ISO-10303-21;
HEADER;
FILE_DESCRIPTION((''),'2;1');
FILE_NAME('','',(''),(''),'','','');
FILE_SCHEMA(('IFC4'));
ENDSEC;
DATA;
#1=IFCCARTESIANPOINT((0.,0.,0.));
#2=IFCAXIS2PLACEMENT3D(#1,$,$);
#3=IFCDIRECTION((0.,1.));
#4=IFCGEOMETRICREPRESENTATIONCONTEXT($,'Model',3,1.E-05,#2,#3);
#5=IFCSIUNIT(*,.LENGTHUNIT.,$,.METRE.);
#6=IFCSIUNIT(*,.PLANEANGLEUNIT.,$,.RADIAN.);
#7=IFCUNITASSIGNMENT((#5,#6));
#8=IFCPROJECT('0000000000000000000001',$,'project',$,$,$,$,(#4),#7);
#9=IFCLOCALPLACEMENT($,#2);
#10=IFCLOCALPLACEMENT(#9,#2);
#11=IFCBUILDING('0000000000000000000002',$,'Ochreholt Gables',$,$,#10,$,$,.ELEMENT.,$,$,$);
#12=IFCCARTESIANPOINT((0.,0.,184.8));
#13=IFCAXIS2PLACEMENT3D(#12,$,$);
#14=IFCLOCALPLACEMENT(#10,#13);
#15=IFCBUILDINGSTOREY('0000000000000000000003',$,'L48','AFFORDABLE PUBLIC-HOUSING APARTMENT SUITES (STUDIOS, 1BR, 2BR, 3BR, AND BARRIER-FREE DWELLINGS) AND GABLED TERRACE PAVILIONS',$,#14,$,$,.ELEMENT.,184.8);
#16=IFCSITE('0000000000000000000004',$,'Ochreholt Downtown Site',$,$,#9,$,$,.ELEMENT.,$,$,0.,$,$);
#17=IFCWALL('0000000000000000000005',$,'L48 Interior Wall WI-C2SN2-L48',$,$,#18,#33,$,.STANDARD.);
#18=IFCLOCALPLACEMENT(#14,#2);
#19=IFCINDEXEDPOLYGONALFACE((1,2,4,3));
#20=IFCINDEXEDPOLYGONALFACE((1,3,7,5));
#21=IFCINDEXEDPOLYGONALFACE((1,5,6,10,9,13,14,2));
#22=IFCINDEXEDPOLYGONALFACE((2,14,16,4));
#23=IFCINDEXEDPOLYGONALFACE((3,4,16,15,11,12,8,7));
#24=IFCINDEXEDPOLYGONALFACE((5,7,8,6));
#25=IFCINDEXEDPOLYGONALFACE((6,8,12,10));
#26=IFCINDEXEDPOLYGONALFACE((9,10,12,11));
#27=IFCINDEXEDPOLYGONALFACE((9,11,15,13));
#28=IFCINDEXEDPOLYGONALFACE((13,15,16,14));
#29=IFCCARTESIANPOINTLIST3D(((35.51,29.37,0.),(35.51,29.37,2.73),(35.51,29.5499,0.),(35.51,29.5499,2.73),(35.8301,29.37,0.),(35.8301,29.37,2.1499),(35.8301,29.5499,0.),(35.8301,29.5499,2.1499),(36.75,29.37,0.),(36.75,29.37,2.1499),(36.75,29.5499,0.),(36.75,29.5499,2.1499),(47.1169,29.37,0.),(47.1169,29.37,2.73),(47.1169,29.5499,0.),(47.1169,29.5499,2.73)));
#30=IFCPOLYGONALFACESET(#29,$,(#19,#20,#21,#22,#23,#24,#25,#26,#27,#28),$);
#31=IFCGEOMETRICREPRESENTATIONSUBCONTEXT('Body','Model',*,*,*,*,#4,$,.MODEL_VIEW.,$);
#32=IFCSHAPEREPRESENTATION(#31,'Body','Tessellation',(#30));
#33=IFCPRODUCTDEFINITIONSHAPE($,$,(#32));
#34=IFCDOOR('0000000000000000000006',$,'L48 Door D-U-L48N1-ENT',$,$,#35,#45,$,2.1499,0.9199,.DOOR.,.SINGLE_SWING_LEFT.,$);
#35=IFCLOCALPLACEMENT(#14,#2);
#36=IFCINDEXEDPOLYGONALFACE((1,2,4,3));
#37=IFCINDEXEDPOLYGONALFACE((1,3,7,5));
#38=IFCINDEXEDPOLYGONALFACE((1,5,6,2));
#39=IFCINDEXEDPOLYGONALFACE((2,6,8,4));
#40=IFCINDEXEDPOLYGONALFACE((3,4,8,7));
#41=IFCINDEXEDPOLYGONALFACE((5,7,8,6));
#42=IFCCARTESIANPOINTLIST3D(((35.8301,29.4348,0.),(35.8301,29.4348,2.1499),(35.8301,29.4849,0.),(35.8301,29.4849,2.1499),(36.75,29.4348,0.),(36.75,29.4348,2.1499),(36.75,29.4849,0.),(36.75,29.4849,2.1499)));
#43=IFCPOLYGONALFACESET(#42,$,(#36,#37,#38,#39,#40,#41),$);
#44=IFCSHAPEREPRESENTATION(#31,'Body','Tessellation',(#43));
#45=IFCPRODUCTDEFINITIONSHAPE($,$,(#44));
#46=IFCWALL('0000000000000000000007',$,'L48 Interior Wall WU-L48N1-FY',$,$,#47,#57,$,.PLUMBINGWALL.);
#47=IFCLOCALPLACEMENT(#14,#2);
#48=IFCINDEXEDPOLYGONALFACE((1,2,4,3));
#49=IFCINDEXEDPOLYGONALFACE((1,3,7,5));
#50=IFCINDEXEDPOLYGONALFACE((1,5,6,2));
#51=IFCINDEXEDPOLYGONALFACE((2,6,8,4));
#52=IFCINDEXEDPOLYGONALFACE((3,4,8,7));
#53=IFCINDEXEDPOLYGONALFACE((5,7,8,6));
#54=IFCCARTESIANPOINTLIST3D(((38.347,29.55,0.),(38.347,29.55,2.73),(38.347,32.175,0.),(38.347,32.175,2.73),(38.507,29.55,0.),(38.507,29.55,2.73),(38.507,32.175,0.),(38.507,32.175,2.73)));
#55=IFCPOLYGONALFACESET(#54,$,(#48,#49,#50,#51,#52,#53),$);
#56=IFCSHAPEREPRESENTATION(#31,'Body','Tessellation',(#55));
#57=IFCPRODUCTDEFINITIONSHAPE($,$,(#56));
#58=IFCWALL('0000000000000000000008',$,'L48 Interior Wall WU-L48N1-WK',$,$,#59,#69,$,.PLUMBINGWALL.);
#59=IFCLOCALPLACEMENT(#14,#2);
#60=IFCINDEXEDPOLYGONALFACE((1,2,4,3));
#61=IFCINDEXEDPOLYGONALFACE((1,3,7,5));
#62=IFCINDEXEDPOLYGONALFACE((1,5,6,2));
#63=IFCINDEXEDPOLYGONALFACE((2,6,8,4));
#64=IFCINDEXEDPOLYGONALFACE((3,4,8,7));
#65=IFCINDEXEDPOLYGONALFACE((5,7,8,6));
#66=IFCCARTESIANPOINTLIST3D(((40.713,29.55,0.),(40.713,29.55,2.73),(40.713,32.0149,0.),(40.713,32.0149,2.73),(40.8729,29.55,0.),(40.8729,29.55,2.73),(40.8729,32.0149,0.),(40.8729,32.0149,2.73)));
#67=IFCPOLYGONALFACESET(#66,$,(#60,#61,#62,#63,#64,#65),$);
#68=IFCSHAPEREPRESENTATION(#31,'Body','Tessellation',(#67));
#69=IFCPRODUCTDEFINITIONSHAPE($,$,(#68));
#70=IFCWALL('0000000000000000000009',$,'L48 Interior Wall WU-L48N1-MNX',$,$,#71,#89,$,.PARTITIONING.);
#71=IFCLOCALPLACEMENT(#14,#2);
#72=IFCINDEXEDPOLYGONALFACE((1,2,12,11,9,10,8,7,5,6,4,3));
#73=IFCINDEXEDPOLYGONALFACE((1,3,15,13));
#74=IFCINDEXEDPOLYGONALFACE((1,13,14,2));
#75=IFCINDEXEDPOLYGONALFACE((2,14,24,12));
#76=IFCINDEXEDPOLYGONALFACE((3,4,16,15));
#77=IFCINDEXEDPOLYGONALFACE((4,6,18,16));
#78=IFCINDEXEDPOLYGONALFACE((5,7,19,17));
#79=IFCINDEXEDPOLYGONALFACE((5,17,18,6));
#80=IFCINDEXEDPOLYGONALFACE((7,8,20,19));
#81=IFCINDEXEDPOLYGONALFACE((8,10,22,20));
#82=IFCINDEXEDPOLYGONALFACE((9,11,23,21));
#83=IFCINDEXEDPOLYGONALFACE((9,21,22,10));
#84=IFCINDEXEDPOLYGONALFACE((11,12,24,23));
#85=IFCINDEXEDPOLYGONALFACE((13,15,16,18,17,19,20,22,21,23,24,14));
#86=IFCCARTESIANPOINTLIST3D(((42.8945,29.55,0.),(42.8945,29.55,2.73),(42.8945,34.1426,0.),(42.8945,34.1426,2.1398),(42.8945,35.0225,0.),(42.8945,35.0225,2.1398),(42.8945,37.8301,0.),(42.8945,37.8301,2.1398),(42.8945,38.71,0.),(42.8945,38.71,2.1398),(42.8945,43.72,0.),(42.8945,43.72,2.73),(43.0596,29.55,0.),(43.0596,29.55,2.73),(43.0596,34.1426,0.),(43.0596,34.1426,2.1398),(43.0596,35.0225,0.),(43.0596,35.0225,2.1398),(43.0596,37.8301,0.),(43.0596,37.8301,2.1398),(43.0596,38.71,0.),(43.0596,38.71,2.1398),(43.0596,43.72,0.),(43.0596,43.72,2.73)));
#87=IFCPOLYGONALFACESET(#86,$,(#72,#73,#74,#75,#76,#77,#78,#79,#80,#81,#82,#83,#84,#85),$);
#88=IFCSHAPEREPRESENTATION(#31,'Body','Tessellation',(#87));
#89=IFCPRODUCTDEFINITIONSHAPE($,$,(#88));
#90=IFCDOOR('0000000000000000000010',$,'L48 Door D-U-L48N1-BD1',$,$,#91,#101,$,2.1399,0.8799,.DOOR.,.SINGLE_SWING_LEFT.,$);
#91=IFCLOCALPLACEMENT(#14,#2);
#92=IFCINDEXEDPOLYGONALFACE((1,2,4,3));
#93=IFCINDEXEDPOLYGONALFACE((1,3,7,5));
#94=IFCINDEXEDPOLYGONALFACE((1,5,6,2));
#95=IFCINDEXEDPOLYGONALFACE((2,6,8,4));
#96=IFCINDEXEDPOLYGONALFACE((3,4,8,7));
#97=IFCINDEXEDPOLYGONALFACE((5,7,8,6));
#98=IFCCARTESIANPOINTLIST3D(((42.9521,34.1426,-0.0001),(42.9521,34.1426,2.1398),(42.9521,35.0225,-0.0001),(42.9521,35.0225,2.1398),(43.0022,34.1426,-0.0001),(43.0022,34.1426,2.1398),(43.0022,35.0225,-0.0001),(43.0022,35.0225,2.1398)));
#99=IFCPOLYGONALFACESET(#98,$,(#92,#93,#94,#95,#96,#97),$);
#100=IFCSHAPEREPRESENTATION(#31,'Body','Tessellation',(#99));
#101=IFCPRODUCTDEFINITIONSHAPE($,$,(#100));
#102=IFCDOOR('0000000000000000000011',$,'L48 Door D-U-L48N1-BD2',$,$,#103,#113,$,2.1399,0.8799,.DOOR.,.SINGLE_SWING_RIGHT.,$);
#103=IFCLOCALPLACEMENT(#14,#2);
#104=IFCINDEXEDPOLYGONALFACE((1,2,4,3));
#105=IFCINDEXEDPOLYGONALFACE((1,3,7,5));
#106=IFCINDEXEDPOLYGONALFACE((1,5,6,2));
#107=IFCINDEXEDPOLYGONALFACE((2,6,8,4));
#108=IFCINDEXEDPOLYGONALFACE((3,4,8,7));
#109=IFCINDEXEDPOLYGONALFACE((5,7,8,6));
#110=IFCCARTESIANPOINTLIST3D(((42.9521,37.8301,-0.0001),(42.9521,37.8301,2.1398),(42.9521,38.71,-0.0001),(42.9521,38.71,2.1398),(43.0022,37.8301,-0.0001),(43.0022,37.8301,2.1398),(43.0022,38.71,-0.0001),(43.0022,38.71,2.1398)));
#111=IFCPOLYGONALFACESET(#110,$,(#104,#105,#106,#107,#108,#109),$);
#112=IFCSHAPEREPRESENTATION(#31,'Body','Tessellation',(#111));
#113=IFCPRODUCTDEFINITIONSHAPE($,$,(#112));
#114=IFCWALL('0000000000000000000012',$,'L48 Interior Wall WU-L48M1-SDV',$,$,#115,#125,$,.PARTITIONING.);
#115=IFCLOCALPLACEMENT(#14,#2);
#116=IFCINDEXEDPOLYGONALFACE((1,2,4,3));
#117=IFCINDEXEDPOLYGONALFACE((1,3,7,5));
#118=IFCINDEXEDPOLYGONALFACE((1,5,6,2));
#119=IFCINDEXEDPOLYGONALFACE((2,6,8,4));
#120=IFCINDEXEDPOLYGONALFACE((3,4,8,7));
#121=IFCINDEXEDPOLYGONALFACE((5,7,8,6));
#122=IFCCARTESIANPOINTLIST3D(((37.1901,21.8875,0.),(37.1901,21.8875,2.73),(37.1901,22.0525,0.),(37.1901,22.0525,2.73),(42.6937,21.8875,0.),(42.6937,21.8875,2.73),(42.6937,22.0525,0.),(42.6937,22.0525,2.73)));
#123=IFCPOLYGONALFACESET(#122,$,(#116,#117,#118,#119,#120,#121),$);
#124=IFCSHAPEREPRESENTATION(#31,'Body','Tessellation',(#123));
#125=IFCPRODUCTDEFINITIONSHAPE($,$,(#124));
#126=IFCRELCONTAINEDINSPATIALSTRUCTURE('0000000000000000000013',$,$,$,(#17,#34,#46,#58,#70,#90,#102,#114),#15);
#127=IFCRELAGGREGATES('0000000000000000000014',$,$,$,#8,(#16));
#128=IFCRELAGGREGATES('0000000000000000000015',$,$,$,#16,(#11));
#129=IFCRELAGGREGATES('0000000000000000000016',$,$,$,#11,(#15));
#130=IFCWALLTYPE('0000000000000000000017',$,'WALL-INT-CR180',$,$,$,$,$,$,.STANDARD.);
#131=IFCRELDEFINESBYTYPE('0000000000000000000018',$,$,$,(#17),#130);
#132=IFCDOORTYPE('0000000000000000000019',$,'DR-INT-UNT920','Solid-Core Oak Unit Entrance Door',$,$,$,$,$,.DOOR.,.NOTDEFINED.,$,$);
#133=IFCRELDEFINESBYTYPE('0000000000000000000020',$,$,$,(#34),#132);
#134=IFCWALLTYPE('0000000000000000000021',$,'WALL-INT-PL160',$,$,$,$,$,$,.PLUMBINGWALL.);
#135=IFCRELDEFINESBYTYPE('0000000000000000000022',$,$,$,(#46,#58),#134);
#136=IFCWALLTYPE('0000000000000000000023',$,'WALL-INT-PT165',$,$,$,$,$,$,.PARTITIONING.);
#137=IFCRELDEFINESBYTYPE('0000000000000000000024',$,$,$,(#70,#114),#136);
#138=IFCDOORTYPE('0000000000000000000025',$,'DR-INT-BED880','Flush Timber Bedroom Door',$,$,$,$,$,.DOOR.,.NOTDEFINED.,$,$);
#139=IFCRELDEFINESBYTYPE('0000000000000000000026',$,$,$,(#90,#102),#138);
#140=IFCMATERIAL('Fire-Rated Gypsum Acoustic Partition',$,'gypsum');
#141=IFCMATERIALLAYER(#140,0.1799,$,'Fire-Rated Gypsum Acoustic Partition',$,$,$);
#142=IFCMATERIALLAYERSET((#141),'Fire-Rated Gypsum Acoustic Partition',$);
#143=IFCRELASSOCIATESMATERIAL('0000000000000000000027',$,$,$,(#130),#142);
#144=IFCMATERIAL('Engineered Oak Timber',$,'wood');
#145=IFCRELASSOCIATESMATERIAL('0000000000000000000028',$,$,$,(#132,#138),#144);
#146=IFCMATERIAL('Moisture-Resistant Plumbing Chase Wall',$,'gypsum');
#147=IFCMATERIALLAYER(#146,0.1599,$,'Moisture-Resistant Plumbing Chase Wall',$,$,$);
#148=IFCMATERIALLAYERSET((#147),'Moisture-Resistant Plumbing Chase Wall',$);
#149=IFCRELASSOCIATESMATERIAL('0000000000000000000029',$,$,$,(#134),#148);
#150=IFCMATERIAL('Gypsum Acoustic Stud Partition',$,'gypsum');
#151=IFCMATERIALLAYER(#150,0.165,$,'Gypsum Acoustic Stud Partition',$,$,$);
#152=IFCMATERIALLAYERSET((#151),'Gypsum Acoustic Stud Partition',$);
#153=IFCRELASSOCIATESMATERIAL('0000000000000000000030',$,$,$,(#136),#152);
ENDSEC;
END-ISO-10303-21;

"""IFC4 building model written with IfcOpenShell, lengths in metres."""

from ifc_helpers import new_model, si_unit, direction, frame, frame_2d, origin, place, context, subcontext, project, spatial, rectangle, extrude, material, layer, layer_set, type_object, element, fill, save


model = new_model("IFC4")

# Units and contexts
model_context = context("Model", 3, precision=1e-05, world=origin(), true_north=direction((0.0, 1.0)))
body_context = subcontext(model_context, "Body", "Model", "MODEL_VIEW")
ifc_project = project(units=[si_unit("LENGTHUNIT", "METRE"), si_unit("PLANEANGLEUNIT", "RADIAN")], contexts=[model_context])

# Site, building, storey
site_placement = place(None, origin())
site = spatial("IfcSite", under=ifc_project, at=site_placement, Name="Ochreholt Downtown Site", CompositionType="ELEMENT", RefElevation=0.0)
building_placement = place(site_placement, origin())
building = spatial("IfcBuilding", under=site, at=building_placement, Name="Ochreholt Gables", CompositionType="ELEMENT")
storey_placement = place(building_placement, frame((0.0, 0.0, 184.8)))
storey = spatial("IfcBuildingStorey", under=building, at=storey_placement, Name="L48", Description="AFFORDABLE PUBLIC-HOUSING APARTMENT SUITES (STUDIOS, 1BR, 2BR, 3BR, AND BARRIER-FREE DWELLINGS) AND GABLED TERRACE PAVILIONS", CompositionType="ELEMENT", Elevation=184.8)

# Shared definitions
ifc_material_1 = material(Name="Fire-Rated Gypsum Acoustic Partition", Category="gypsum")
ifc_layer_1 = layer(ifc_material_1, 0.1799, Name="Fire-Rated Gypsum Acoustic Partition")
ifc_layer_set_1 = layer_set([ifc_layer_1], Name="Fire-Rated Gypsum Acoustic Partition")
wall_type_1 = type_object("IfcWallType", Name="WALL-INT-CR180", PredefinedType="STANDARD", material=ifc_layer_set_1)

# Wall, opening, door
wall_1_placement = place(storey_placement, frame((35.51, 29.46, 0.0), z_axis=(0.0, 0.0, 1.0), x_axis=(1.0, 0.0, 0.0)))
wall_1 = element("IfcWall", 1, at=wall_1_placement, inside=storey, type_object=wall_type_1, Name="L48 Interior Wall WI-C2SN2-L48", PredefinedType="STANDARD", context=body_context, shape_type="SweptSolid", body=[
    extrude(rectangle(XDim=11.6069, YDim=0.1799, at=frame_2d((5.8035, 0.0))), origin(), (0.0, 0.0, 1.0), 2.73),
])
opening_1_placement = place(wall_1_placement, frame((0.3201, 0.0, 0.0)))
opening_1 = element("IfcOpeningElement", 2, at=opening_1_placement, cuts=wall_1, PredefinedType="OPENING", context=body_context, shape_type="SweptSolid", body=[
    extrude(rectangle(XDim=0.9199, YDim=2.1499, at=frame_2d((0.46, 1.075))), frame((0.0, 0.0999, 0.0), z_axis=(0.0, -1.0, 0.0), x_axis=(1.0, 0.0, 0.0)), (0.0, 0.0, 1.0), 0.2),
])
ifc_material_2 = material(Name="Engineered Oak Timber", Category="wood")
door_type_1 = type_object("IfcDoorType", Name="DR-INT-UNT920", Description="Solid-Core Oak Unit Entrance Door", OperationType="NOTDEFINED", PredefinedType="DOOR", material=ifc_material_2)
door_1_placement = place(opening_1_placement, origin())
door_1 = element("IfcDoor", 3, at=door_1_placement, inside=storey, type_object=door_type_1, Name="L48 Door D-U-L48N1-ENT", OperationType="SINGLE_SWING_LEFT", OverallHeight=2.1499, OverallWidth=0.9199, PredefinedType="DOOR", context=body_context, shape_type="SweptSolid", body=[
    extrude(rectangle(XDim=0.9199, YDim=2.1499, at=frame_2d((0.46, 1.075))), frame((0.0, 0.0249, 0.0), z_axis=(0.0, -1.0, 0.0), x_axis=(1.0, 0.0, 0.0)), (0.0, 0.0, 1.0), 0.05),
])
fill(opening_1, door_1)

# Walls
ifc_material_3 = material(Name="Moisture-Resistant Plumbing Chase Wall", Category="gypsum")
ifc_layer_2 = layer(ifc_material_3, 0.1599, Name="Moisture-Resistant Plumbing Chase Wall")
ifc_layer_set_2 = layer_set([ifc_layer_2], Name="Moisture-Resistant Plumbing Chase Wall")
wall_type_2 = type_object("IfcWallType", Name="WALL-INT-PL160", PredefinedType="PLUMBINGWALL", material=ifc_layer_set_2)
wall_2_placement = place(storey_placement, frame((38.427, 29.55, 0.0), z_axis=(0.0, 0.0, 1.0), x_axis=(0.0, 1.0, 0.0)))
element("IfcWall", 4, at=wall_2_placement, inside=storey, type_object=wall_type_2, Name="L48 Interior Wall WU-L48N1-FY", PredefinedType="PLUMBINGWALL", context=body_context, shape_type="SweptSolid", body=[
    extrude(rectangle(XDim=2.625, YDim=0.1599, at=frame_2d((1.3125, 0.0))), origin(), (0.0, 0.0, 1.0), 2.73),
])
wall_3_placement = place(storey_placement, frame((40.793, 29.55, 0.0), z_axis=(0.0, 0.0, 1.0), x_axis=(0.0, 1.0, 0.0)))
element("IfcWall", 5, at=wall_3_placement, inside=storey, type_object=wall_type_2, Name="L48 Interior Wall WU-L48N1-WK", PredefinedType="PLUMBINGWALL", context=body_context, shape_type="SweptSolid", body=[
    extrude(rectangle(XDim=2.4648, YDim=0.1599, at=frame_2d((1.2324, 0.0))), origin(), (0.0, 0.0, 1.0), 2.73),
])

# Wall, openings, doors
ifc_material_4 = material(Name="Gypsum Acoustic Stud Partition", Category="gypsum")
ifc_layer_3 = layer(ifc_material_4, 0.165, Name="Gypsum Acoustic Stud Partition")
ifc_layer_set_3 = layer_set([ifc_layer_3], Name="Gypsum Acoustic Stud Partition")
wall_type_3 = type_object("IfcWallType", Name="WALL-INT-PT165", PredefinedType="PARTITIONING", material=ifc_layer_set_3)
wall_4_placement = place(storey_placement, frame((42.9771, 29.55, 0.0), z_axis=(0.0, 0.0, 1.0), x_axis=(0.0, 1.0, 0.0)))
wall_4 = element("IfcWall", 6, at=wall_4_placement, inside=storey, type_object=wall_type_3, Name="L48 Interior Wall WU-L48N1-MNX", PredefinedType="PARTITIONING", context=body_context, shape_type="SweptSolid", body=[
    extrude(rectangle(XDim=14.1699, YDim=0.165, at=frame_2d((7.085, 0.0))), origin(), (0.0, 0.0, 1.0), 2.73),
])
opening_2_placement = place(wall_4_placement, frame((4.5925, 0.0, 0.0)))
opening_2 = element("IfcOpeningElement", 7, at=opening_2_placement, cuts=wall_4, PredefinedType="OPENING", context=body_context, shape_type="SweptSolid", body=[
    extrude(rectangle(XDim=0.8799, YDim=2.1399, at=frame_2d((0.4399, 1.0698))), frame((0.0, 0.0925, 0.0), z_axis=(0.0, -1.0, 0.0), x_axis=(1.0, 0.0, 0.0)), (0.0, 0.0, 1.0), 0.1851),
])
opening_3_placement = place(wall_4_placement, frame((8.28, 0.0, 0.0)))
opening_3 = element("IfcOpeningElement", 8, at=opening_3_placement, cuts=wall_4, PredefinedType="OPENING", context=body_context, shape_type="SweptSolid", body=[
    extrude(rectangle(XDim=0.8799, YDim=2.1399, at=frame_2d((0.4399, 1.0698))), frame((0.0, 0.0925, 0.0), z_axis=(0.0, -1.0, 0.0), x_axis=(1.0, 0.0, 0.0)), (0.0, 0.0, 1.0), 0.1851),
])
door_type_2 = type_object("IfcDoorType", Name="DR-INT-BED880", Description="Flush Timber Bedroom Door", OperationType="NOTDEFINED", PredefinedType="DOOR", material=ifc_material_2)
door_2_placement = place(opening_2_placement, origin())
door_2 = element("IfcDoor", 9, at=door_2_placement, inside=storey, type_object=door_type_2, Name="L48 Door D-U-L48N1-BD1", OperationType="SINGLE_SWING_LEFT", OverallHeight=2.1399, OverallWidth=0.8799, PredefinedType="DOOR", context=body_context, shape_type="SweptSolid", body=[
    extrude(rectangle(XDim=0.8799, YDim=2.1399, at=frame_2d((0.4399, 1.0698))), frame((0.0, 0.0249, 0.0), z_axis=(0.0, -1.0, 0.0), x_axis=(1.0, 0.0, 0.0)), (0.0, 0.0, 1.0), 0.05),
])
fill(opening_2, door_2)
door_3_placement = place(opening_3_placement, origin())
door_3 = element("IfcDoor", 10, at=door_3_placement, inside=storey, type_object=door_type_2, Name="L48 Door D-U-L48N1-BD2", OperationType="SINGLE_SWING_RIGHT", OverallHeight=2.1399, OverallWidth=0.8799, PredefinedType="DOOR", context=body_context, shape_type="SweptSolid", body=[
    extrude(rectangle(XDim=0.8799, YDim=2.1399, at=frame_2d((0.4399, 1.0698))), frame((0.0, 0.0249, 0.0), z_axis=(0.0, -1.0, 0.0), x_axis=(1.0, 0.0, 0.0)), (0.0, 0.0, 1.0), 0.05),
])
fill(opening_3, door_3)

# Wall
wall_5_placement = place(storey_placement, frame((37.1899, 21.97, 0.0), z_axis=(0.0, 0.0, 1.0), x_axis=(1.0, 0.0, 0.0)))
element("IfcWall", 11, at=wall_5_placement, inside=storey, type_object=wall_type_3, Name="L48 Interior Wall WU-L48M1-SDV", PredefinedType="PARTITIONING", context=body_context, shape_type="SweptSolid", body=[
    extrude(rectangle(XDim=5.5037, YDim=0.165, at=frame_2d((2.752, 0.0))), origin(), (0.0, 0.0, 1.0), 2.73),
])

save(model, "model.ifc")
